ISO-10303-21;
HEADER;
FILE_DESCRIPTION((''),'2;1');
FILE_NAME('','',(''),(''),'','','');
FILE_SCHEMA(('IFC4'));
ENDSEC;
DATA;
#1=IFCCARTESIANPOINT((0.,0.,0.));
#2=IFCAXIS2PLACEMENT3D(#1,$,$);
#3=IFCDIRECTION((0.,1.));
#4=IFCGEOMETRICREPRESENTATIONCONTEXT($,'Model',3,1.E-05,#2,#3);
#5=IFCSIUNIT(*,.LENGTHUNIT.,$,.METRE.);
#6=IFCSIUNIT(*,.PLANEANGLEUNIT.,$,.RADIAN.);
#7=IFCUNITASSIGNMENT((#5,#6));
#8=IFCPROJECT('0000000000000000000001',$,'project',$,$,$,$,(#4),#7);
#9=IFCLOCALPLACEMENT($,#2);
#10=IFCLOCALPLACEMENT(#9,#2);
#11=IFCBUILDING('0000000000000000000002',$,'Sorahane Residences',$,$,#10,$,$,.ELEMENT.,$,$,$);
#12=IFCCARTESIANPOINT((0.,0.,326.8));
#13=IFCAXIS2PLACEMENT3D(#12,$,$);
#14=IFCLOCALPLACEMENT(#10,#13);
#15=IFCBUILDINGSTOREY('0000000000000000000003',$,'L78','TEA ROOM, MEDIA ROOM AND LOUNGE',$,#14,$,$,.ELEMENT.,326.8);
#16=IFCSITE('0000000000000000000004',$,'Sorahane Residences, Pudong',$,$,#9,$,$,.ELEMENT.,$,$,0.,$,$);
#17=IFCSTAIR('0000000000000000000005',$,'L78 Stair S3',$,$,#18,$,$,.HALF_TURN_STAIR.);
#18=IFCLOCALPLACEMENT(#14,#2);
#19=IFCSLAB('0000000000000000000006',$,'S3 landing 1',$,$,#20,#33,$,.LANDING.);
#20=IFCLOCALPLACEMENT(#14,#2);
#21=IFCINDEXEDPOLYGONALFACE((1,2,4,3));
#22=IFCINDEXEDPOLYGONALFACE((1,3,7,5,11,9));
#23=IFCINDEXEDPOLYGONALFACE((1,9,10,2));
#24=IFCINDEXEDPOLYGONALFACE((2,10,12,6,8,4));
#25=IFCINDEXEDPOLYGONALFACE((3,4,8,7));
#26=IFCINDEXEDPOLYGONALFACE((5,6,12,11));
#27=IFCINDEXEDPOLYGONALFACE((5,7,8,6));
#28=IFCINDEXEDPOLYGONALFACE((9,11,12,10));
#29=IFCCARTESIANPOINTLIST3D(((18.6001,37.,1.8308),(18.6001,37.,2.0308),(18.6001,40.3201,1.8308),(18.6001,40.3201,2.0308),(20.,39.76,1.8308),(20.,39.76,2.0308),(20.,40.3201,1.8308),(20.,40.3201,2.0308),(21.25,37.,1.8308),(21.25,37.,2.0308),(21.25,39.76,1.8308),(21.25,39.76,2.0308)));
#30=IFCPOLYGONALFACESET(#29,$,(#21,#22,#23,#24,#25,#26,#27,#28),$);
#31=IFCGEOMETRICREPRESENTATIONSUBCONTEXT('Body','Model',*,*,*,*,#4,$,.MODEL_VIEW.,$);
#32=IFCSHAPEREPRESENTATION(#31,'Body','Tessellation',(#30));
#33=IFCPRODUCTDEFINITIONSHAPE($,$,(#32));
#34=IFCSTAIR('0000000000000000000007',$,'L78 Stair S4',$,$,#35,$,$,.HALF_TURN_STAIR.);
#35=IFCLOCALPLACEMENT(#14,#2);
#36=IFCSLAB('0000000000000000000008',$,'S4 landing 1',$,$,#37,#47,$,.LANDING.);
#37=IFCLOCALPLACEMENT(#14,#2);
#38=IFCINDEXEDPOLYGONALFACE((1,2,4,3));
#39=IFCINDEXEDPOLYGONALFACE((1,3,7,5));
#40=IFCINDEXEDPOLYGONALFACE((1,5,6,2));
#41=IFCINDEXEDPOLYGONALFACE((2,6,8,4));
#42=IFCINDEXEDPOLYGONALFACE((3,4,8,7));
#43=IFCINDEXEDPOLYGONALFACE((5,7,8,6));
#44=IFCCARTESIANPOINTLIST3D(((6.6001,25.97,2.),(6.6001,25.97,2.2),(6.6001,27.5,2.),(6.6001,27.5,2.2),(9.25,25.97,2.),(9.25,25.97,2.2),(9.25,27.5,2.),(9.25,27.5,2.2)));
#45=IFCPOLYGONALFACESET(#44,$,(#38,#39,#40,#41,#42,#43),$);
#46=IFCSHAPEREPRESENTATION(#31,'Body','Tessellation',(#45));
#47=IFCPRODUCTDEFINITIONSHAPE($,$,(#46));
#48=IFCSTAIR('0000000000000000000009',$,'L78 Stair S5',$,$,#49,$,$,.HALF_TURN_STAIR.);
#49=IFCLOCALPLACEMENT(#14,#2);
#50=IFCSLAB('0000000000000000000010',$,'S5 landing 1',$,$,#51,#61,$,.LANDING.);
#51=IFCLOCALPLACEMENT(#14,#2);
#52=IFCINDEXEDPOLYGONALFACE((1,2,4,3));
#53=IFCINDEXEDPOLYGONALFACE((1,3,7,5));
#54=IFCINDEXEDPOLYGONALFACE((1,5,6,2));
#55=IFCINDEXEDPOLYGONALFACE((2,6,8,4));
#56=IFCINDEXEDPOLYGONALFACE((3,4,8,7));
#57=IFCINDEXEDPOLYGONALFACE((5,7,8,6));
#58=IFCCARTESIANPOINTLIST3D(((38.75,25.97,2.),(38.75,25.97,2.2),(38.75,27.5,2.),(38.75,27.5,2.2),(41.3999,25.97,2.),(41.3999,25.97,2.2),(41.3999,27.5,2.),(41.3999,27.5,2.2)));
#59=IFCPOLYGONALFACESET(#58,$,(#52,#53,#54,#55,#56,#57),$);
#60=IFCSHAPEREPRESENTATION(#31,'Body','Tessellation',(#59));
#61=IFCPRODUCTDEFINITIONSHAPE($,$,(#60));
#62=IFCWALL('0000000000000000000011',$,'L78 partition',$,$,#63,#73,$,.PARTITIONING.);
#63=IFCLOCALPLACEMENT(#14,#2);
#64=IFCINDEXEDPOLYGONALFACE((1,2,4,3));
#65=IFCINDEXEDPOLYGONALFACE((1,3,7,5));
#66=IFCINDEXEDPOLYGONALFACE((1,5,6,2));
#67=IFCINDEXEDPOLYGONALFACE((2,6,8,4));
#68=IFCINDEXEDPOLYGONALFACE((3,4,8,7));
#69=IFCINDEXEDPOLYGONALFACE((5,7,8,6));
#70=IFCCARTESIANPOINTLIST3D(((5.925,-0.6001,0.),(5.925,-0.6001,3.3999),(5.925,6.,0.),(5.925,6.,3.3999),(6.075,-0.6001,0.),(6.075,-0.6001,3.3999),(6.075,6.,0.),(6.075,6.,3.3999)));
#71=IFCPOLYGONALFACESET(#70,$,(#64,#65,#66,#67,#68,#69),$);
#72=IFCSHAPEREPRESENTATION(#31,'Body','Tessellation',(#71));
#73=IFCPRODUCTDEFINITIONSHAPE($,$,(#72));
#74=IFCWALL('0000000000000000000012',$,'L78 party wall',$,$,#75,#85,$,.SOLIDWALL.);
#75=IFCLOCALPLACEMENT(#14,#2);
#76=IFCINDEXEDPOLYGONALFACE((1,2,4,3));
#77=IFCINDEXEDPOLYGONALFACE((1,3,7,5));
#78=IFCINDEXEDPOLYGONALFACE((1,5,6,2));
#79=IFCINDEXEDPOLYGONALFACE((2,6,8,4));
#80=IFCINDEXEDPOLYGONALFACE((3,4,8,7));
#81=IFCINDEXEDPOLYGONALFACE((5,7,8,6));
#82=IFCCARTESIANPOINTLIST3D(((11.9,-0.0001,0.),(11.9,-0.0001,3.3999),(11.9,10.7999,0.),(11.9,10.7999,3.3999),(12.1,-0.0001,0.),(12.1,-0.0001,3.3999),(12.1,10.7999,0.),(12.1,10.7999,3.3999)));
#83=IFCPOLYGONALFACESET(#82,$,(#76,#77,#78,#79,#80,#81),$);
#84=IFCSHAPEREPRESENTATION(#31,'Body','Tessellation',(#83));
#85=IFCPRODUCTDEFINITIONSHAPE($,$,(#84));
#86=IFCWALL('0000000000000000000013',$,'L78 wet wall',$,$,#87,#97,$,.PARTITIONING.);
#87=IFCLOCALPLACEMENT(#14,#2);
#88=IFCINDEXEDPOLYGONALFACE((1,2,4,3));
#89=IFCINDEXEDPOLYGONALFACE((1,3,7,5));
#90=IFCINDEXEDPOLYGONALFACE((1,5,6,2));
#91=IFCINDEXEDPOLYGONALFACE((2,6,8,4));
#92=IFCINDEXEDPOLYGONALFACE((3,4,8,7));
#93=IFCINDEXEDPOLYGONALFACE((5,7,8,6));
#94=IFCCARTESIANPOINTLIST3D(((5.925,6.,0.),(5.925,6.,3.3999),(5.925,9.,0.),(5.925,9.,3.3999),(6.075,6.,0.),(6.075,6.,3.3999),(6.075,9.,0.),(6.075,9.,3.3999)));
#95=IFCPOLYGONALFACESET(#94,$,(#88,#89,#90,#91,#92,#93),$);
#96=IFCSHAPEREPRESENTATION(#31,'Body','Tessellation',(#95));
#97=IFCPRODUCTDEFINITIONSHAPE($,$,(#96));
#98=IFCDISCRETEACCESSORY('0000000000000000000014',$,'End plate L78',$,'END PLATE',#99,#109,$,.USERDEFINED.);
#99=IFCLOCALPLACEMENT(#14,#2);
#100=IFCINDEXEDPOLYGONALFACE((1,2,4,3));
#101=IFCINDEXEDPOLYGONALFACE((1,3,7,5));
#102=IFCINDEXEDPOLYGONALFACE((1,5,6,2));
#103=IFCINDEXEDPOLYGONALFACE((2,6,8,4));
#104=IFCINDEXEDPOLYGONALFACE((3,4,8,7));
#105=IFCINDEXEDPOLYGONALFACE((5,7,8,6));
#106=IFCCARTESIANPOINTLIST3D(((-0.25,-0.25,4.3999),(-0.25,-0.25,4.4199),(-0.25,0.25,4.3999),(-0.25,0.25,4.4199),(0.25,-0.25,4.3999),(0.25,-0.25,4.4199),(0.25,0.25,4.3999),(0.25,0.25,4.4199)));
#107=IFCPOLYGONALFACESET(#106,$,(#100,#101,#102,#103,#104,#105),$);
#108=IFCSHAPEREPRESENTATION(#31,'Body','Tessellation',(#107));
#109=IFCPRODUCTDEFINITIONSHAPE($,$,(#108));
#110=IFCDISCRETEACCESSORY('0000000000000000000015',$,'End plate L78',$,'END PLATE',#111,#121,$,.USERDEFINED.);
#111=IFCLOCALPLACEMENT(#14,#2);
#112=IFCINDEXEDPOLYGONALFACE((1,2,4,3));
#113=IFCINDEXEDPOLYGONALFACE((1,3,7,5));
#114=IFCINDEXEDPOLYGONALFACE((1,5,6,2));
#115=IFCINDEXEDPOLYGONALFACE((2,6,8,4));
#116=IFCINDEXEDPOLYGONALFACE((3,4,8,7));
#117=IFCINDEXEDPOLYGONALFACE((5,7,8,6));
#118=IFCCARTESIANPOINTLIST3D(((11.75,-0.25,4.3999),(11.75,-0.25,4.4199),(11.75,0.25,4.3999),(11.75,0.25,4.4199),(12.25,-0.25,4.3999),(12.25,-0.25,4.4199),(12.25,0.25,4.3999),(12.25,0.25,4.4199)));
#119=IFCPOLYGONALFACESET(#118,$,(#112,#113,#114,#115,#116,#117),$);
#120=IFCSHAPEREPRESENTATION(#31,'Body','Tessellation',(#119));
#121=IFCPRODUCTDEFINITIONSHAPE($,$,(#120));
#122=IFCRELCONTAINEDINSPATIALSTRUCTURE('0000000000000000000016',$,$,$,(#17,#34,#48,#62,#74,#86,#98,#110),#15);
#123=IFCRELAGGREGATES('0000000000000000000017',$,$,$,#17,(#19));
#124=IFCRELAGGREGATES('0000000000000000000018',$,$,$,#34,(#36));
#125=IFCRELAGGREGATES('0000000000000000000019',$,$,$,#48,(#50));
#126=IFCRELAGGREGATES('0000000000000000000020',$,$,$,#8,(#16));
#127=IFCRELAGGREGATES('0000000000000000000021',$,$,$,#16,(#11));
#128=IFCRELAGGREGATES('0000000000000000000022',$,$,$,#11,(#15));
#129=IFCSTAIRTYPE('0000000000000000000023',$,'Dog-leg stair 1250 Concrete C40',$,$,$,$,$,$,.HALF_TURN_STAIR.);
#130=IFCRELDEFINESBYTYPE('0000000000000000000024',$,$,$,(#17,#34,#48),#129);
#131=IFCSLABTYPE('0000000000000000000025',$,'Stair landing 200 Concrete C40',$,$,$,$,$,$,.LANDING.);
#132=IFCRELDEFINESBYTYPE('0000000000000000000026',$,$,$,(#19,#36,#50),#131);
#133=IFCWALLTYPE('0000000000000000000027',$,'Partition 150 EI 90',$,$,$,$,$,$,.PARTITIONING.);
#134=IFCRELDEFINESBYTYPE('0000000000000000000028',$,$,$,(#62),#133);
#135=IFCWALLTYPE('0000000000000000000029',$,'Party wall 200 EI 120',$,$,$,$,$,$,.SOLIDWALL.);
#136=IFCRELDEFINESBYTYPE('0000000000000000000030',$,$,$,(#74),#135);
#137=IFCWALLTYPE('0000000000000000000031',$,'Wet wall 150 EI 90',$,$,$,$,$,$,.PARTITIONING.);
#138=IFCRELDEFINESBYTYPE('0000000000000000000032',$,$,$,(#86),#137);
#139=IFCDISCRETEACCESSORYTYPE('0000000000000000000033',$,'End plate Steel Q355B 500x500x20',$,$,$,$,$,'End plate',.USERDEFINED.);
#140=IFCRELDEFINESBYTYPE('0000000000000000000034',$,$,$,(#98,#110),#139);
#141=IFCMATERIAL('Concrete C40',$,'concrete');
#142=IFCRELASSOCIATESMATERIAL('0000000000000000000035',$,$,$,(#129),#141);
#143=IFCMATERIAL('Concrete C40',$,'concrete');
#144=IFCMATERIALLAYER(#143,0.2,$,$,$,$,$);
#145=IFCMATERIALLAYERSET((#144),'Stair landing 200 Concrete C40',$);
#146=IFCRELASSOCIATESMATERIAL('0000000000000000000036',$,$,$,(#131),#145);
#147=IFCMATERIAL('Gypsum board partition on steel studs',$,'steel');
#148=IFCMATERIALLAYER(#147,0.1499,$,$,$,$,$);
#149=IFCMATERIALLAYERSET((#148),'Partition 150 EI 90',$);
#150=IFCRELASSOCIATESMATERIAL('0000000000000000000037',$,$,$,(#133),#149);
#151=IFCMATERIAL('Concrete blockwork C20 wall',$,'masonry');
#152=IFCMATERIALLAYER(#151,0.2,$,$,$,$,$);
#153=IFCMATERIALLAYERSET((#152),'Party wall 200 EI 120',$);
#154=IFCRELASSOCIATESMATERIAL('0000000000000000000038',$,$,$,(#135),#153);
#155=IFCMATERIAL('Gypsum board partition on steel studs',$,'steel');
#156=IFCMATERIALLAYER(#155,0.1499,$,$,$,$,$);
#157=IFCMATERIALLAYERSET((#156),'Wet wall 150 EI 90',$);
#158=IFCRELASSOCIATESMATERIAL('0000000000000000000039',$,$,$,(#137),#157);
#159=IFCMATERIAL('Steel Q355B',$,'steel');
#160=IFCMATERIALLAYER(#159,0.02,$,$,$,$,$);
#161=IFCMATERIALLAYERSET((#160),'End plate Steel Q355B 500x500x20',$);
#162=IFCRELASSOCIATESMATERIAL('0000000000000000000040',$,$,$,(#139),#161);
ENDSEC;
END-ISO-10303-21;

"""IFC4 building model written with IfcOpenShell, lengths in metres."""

from ifc_helpers import new_model, si_unit, direction, frame, frame_2d, origin, origin_2d, place, context, subcontext, project, spatial, polyline, rectangle, outline, extrude, material, layer, layer_set, type_object, element, aggregate, save


model = new_model("IFC4")

# Units and contexts
model_context = context("Model", 3, precision=1e-05, world=origin(), true_north=direction((0.0, 1.0)))
body_context = subcontext(model_context, "Body", "Model", "MODEL_VIEW")
ifc_project = project(units=[si_unit("LENGTHUNIT", "METRE"), si_unit("PLANEANGLEUNIT", "RADIAN")], contexts=[model_context])

# Site, building, storey
site_placement = place(None, origin())
site = spatial("IfcSite", under=ifc_project, at=site_placement, Name="Sorahane Residences, Pudong", CompositionType="ELEMENT", RefElevation=0.0)
building_placement = place(site_placement, origin())
building = spatial("IfcBuilding", under=site, at=building_placement, Name="Sorahane Residences", CompositionType="ELEMENT")
storey_placement = place(building_placement, frame((0.0, 0.0, 326.8)))
storey = spatial("IfcBuildingStorey", under=building, at=storey_placement, Name="L78", Description="TEA ROOM, MEDIA ROOM AND LOUNGE", CompositionType="ELEMENT", Elevation=326.8)

# Stairs, slabs
ifc_material_1 = material(Name="Concrete C40", Category="concrete")
stair_type = type_object("IfcStairType", Name="Dog-leg stair 1250 Concrete C40", PredefinedType="HALF_TURN_STAIR", material=ifc_material_1)
ifc_material_2 = material(Name="Concrete C40", Category="concrete")
ifc_layer_1 = layer(ifc_material_2, 0.2)
ifc_layer_set_1 = layer_set([ifc_layer_1], Name="Stair landing 200 Concrete C40")
slab_type_1 = type_object("IfcSlabType", Name="Stair landing 200 Concrete C40", PredefinedType="LANDING", material=ifc_layer_set_1)
stair_1_placement = place(storey_placement, origin())
stair_1 = element("IfcStair", 1, at=stair_1_placement, inside=storey, type_object=stair_type, Name="L78 Stair S3", PredefinedType="HALF_TURN_STAIR")
slab_1_placement = place(storey_placement, frame((0.0, 0.0, 1.8308)))
slab_1 = element("IfcSlab", 2, at=slab_1_placement, type_object=slab_type_1, Name="S3 landing 1", PredefinedType="LANDING", context=body_context, shape_type="SweptSolid", body=[
    extrude(outline(polyline([(18.6001, 40.3201), (18.6001, 37.0), (21.25, 37.0), (21.25, 39.76), (20.0, 39.76), (20.0, 40.3201), (18.6001, 40.3201)])), origin(), (0.0, 0.0, 1.0), 0.2),
])
aggregate(stair_1, [slab_1])
stair_2_placement = place(storey_placement, origin())
stair_2 = element("IfcStair", 3, at=stair_2_placement, inside=storey, type_object=stair_type, Name="L78 Stair S4", PredefinedType="HALF_TURN_STAIR")
slab_2_placement = place(storey_placement, frame((0.0, 0.0, 2.0)))
slab_2 = element("IfcSlab", 4, at=slab_2_placement, type_object=slab_type_1, Name="S4 landing 1", PredefinedType="LANDING", context=body_context, shape_type="SweptSolid", body=[
    extrude(outline(polyline([(9.25, 25.97), (9.25, 27.5), (6.6001, 27.5), (6.6001, 25.97), (9.25, 25.97)])), origin(), (0.0, 0.0, 1.0), 0.2),
])
aggregate(stair_2, [slab_2])
stair_3_placement = place(storey_placement, origin())
stair_3 = element("IfcStair", 5, at=stair_3_placement, inside=storey, type_object=stair_type, Name="L78 Stair S5", PredefinedType="HALF_TURN_STAIR")
slab_3_placement = place(storey_placement, frame((0.0, 0.0, 2.0)))
slab_3 = element("IfcSlab", 6, at=slab_3_placement, type_object=slab_type_1, Name="S5 landing 1", PredefinedType="LANDING", context=body_context, shape_type="SweptSolid", body=[
    extrude(outline(polyline([(41.3999, 25.97), (41.3999, 27.5), (38.75, 27.5), (38.75, 25.97), (41.3999, 25.97)])), origin(), (0.0, 0.0, 1.0), 0.2),
])
aggregate(stair_3, [slab_3])

# Walls
ifc_material_3 = material(Name="Gypsum board partition on steel studs", Category="steel")
ifc_layer_2 = layer(ifc_material_3, 0.1499)
ifc_layer_set_2 = layer_set([ifc_layer_2], Name="Partition 150 EI 90")
wall_type_1 = type_object("IfcWallType", Name="Partition 150 EI 90", PredefinedType="PARTITIONING", material=ifc_layer_set_2)
wall_1_placement = place(storey_placement, frame((6.0, -0.6001, 0.0), z_axis=(0.0, 0.0, 1.0), x_axis=(0.0, 1.0, 0.0)))
element("IfcWall", 7, at=wall_1_placement, inside=storey, type_object=wall_type_1, Name="L78 partition", PredefinedType="PARTITIONING", context=body_context, shape_type="SweptSolid", body=[
    extrude(rectangle(XDim=6.6001, YDim=0.1499, at=frame_2d((3.3, 0.0))), origin(), (0.0, 0.0, 1.0), 3.3999),
])
ifc_material_4 = material(Name="Concrete blockwork C20 wall", Category="masonry")
ifc_layer_3 = layer(ifc_material_4, 0.2)
ifc_layer_set_3 = layer_set([ifc_layer_3], Name="Party wall 200 EI 120")
wall_type_2 = type_object("IfcWallType", Name="Party wall 200 EI 120", PredefinedType="SOLIDWALL", material=ifc_layer_set_3)
wall_2_placement = place(storey_placement, frame((12.0, 0.0, 0.0), z_axis=(0.0, 0.0, 1.0), x_axis=(0.0, 1.0, 0.0)))
element("IfcWall", 8, at=wall_2_placement, inside=storey, type_object=wall_type_2, Name="L78 party wall", PredefinedType="SOLIDWALL", context=body_context, shape_type="SweptSolid", body=[
    extrude(rectangle(XDim=10.8, YDim=0.2, at=frame_2d((5.3999, 0.0))), origin(), (0.0, 0.0, 1.0), 3.3999),
])
ifc_material_5 = material(Name="Gypsum board partition on steel studs", Category="steel")
ifc_layer_4 = layer(ifc_material_5, 0.1499)
ifc_layer_set_4 = layer_set([ifc_layer_4], Name="Wet wall 150 EI 90")
wall_type_3 = type_object("IfcWallType", Name="Wet wall 150 EI 90", PredefinedType="PARTITIONING", material=ifc_layer_set_4)
wall_3_placement = place(storey_placement, frame((6.0, 6.0, 0.0), z_axis=(0.0, 0.0, 1.0), x_axis=(0.0, 1.0, 0.0)))
element("IfcWall", 9, at=wall_3_placement, inside=storey, type_object=wall_type_3, Name="L78 wet wall", PredefinedType="PARTITIONING", context=body_context, shape_type="SweptSolid", body=[
    extrude(rectangle(XDim=3.0, YDim=0.1499, at=frame_2d((1.5, 0.0))), origin(), (0.0, 0.0, 1.0), 3.3999),
])

# Discrete accessories
ifc_material_6 = material(Name="Steel Q355B", Category="steel")
ifc_layer_5 = layer(ifc_material_6, 0.02)
ifc_layer_set_5 = layer_set([ifc_layer_5], Name="End plate Steel Q355B 500x500x20")
discrete_accessory_type = type_object("IfcDiscreteAccessoryType", Name="End plate Steel Q355B 500x500x20", ElementType="End plate", PredefinedType="USERDEFINED", material=ifc_layer_set_5)
for number, where, z_axis, x_axis, name in (
    (10, (0.0, 0.0, 4.3999), (0.0, 0.0, 1.0), (1.0, 0.0, 0.0), "End plate L78"),
    (11, (12.0, 0.0, 4.3999), (0.0, 0.0, 1.0), (1.0, 0.0, 0.0), "End plate L78"),
):
    element("IfcDiscreteAccessory", number, at=place(storey_placement, frame(where, z_axis=z_axis, x_axis=x_axis)), inside=storey, type_object=discrete_accessory_type, Name=name, ObjectType="END PLATE", PredefinedType="USERDEFINED", context=body_context, shape_type="SweptSolid", body=[
        extrude(rectangle(XDim=0.5, YDim=0.5, at=origin_2d()), origin(), (0.0, 0.0, 1.0), 0.02),
    ])

save(model, "model.ifc")
